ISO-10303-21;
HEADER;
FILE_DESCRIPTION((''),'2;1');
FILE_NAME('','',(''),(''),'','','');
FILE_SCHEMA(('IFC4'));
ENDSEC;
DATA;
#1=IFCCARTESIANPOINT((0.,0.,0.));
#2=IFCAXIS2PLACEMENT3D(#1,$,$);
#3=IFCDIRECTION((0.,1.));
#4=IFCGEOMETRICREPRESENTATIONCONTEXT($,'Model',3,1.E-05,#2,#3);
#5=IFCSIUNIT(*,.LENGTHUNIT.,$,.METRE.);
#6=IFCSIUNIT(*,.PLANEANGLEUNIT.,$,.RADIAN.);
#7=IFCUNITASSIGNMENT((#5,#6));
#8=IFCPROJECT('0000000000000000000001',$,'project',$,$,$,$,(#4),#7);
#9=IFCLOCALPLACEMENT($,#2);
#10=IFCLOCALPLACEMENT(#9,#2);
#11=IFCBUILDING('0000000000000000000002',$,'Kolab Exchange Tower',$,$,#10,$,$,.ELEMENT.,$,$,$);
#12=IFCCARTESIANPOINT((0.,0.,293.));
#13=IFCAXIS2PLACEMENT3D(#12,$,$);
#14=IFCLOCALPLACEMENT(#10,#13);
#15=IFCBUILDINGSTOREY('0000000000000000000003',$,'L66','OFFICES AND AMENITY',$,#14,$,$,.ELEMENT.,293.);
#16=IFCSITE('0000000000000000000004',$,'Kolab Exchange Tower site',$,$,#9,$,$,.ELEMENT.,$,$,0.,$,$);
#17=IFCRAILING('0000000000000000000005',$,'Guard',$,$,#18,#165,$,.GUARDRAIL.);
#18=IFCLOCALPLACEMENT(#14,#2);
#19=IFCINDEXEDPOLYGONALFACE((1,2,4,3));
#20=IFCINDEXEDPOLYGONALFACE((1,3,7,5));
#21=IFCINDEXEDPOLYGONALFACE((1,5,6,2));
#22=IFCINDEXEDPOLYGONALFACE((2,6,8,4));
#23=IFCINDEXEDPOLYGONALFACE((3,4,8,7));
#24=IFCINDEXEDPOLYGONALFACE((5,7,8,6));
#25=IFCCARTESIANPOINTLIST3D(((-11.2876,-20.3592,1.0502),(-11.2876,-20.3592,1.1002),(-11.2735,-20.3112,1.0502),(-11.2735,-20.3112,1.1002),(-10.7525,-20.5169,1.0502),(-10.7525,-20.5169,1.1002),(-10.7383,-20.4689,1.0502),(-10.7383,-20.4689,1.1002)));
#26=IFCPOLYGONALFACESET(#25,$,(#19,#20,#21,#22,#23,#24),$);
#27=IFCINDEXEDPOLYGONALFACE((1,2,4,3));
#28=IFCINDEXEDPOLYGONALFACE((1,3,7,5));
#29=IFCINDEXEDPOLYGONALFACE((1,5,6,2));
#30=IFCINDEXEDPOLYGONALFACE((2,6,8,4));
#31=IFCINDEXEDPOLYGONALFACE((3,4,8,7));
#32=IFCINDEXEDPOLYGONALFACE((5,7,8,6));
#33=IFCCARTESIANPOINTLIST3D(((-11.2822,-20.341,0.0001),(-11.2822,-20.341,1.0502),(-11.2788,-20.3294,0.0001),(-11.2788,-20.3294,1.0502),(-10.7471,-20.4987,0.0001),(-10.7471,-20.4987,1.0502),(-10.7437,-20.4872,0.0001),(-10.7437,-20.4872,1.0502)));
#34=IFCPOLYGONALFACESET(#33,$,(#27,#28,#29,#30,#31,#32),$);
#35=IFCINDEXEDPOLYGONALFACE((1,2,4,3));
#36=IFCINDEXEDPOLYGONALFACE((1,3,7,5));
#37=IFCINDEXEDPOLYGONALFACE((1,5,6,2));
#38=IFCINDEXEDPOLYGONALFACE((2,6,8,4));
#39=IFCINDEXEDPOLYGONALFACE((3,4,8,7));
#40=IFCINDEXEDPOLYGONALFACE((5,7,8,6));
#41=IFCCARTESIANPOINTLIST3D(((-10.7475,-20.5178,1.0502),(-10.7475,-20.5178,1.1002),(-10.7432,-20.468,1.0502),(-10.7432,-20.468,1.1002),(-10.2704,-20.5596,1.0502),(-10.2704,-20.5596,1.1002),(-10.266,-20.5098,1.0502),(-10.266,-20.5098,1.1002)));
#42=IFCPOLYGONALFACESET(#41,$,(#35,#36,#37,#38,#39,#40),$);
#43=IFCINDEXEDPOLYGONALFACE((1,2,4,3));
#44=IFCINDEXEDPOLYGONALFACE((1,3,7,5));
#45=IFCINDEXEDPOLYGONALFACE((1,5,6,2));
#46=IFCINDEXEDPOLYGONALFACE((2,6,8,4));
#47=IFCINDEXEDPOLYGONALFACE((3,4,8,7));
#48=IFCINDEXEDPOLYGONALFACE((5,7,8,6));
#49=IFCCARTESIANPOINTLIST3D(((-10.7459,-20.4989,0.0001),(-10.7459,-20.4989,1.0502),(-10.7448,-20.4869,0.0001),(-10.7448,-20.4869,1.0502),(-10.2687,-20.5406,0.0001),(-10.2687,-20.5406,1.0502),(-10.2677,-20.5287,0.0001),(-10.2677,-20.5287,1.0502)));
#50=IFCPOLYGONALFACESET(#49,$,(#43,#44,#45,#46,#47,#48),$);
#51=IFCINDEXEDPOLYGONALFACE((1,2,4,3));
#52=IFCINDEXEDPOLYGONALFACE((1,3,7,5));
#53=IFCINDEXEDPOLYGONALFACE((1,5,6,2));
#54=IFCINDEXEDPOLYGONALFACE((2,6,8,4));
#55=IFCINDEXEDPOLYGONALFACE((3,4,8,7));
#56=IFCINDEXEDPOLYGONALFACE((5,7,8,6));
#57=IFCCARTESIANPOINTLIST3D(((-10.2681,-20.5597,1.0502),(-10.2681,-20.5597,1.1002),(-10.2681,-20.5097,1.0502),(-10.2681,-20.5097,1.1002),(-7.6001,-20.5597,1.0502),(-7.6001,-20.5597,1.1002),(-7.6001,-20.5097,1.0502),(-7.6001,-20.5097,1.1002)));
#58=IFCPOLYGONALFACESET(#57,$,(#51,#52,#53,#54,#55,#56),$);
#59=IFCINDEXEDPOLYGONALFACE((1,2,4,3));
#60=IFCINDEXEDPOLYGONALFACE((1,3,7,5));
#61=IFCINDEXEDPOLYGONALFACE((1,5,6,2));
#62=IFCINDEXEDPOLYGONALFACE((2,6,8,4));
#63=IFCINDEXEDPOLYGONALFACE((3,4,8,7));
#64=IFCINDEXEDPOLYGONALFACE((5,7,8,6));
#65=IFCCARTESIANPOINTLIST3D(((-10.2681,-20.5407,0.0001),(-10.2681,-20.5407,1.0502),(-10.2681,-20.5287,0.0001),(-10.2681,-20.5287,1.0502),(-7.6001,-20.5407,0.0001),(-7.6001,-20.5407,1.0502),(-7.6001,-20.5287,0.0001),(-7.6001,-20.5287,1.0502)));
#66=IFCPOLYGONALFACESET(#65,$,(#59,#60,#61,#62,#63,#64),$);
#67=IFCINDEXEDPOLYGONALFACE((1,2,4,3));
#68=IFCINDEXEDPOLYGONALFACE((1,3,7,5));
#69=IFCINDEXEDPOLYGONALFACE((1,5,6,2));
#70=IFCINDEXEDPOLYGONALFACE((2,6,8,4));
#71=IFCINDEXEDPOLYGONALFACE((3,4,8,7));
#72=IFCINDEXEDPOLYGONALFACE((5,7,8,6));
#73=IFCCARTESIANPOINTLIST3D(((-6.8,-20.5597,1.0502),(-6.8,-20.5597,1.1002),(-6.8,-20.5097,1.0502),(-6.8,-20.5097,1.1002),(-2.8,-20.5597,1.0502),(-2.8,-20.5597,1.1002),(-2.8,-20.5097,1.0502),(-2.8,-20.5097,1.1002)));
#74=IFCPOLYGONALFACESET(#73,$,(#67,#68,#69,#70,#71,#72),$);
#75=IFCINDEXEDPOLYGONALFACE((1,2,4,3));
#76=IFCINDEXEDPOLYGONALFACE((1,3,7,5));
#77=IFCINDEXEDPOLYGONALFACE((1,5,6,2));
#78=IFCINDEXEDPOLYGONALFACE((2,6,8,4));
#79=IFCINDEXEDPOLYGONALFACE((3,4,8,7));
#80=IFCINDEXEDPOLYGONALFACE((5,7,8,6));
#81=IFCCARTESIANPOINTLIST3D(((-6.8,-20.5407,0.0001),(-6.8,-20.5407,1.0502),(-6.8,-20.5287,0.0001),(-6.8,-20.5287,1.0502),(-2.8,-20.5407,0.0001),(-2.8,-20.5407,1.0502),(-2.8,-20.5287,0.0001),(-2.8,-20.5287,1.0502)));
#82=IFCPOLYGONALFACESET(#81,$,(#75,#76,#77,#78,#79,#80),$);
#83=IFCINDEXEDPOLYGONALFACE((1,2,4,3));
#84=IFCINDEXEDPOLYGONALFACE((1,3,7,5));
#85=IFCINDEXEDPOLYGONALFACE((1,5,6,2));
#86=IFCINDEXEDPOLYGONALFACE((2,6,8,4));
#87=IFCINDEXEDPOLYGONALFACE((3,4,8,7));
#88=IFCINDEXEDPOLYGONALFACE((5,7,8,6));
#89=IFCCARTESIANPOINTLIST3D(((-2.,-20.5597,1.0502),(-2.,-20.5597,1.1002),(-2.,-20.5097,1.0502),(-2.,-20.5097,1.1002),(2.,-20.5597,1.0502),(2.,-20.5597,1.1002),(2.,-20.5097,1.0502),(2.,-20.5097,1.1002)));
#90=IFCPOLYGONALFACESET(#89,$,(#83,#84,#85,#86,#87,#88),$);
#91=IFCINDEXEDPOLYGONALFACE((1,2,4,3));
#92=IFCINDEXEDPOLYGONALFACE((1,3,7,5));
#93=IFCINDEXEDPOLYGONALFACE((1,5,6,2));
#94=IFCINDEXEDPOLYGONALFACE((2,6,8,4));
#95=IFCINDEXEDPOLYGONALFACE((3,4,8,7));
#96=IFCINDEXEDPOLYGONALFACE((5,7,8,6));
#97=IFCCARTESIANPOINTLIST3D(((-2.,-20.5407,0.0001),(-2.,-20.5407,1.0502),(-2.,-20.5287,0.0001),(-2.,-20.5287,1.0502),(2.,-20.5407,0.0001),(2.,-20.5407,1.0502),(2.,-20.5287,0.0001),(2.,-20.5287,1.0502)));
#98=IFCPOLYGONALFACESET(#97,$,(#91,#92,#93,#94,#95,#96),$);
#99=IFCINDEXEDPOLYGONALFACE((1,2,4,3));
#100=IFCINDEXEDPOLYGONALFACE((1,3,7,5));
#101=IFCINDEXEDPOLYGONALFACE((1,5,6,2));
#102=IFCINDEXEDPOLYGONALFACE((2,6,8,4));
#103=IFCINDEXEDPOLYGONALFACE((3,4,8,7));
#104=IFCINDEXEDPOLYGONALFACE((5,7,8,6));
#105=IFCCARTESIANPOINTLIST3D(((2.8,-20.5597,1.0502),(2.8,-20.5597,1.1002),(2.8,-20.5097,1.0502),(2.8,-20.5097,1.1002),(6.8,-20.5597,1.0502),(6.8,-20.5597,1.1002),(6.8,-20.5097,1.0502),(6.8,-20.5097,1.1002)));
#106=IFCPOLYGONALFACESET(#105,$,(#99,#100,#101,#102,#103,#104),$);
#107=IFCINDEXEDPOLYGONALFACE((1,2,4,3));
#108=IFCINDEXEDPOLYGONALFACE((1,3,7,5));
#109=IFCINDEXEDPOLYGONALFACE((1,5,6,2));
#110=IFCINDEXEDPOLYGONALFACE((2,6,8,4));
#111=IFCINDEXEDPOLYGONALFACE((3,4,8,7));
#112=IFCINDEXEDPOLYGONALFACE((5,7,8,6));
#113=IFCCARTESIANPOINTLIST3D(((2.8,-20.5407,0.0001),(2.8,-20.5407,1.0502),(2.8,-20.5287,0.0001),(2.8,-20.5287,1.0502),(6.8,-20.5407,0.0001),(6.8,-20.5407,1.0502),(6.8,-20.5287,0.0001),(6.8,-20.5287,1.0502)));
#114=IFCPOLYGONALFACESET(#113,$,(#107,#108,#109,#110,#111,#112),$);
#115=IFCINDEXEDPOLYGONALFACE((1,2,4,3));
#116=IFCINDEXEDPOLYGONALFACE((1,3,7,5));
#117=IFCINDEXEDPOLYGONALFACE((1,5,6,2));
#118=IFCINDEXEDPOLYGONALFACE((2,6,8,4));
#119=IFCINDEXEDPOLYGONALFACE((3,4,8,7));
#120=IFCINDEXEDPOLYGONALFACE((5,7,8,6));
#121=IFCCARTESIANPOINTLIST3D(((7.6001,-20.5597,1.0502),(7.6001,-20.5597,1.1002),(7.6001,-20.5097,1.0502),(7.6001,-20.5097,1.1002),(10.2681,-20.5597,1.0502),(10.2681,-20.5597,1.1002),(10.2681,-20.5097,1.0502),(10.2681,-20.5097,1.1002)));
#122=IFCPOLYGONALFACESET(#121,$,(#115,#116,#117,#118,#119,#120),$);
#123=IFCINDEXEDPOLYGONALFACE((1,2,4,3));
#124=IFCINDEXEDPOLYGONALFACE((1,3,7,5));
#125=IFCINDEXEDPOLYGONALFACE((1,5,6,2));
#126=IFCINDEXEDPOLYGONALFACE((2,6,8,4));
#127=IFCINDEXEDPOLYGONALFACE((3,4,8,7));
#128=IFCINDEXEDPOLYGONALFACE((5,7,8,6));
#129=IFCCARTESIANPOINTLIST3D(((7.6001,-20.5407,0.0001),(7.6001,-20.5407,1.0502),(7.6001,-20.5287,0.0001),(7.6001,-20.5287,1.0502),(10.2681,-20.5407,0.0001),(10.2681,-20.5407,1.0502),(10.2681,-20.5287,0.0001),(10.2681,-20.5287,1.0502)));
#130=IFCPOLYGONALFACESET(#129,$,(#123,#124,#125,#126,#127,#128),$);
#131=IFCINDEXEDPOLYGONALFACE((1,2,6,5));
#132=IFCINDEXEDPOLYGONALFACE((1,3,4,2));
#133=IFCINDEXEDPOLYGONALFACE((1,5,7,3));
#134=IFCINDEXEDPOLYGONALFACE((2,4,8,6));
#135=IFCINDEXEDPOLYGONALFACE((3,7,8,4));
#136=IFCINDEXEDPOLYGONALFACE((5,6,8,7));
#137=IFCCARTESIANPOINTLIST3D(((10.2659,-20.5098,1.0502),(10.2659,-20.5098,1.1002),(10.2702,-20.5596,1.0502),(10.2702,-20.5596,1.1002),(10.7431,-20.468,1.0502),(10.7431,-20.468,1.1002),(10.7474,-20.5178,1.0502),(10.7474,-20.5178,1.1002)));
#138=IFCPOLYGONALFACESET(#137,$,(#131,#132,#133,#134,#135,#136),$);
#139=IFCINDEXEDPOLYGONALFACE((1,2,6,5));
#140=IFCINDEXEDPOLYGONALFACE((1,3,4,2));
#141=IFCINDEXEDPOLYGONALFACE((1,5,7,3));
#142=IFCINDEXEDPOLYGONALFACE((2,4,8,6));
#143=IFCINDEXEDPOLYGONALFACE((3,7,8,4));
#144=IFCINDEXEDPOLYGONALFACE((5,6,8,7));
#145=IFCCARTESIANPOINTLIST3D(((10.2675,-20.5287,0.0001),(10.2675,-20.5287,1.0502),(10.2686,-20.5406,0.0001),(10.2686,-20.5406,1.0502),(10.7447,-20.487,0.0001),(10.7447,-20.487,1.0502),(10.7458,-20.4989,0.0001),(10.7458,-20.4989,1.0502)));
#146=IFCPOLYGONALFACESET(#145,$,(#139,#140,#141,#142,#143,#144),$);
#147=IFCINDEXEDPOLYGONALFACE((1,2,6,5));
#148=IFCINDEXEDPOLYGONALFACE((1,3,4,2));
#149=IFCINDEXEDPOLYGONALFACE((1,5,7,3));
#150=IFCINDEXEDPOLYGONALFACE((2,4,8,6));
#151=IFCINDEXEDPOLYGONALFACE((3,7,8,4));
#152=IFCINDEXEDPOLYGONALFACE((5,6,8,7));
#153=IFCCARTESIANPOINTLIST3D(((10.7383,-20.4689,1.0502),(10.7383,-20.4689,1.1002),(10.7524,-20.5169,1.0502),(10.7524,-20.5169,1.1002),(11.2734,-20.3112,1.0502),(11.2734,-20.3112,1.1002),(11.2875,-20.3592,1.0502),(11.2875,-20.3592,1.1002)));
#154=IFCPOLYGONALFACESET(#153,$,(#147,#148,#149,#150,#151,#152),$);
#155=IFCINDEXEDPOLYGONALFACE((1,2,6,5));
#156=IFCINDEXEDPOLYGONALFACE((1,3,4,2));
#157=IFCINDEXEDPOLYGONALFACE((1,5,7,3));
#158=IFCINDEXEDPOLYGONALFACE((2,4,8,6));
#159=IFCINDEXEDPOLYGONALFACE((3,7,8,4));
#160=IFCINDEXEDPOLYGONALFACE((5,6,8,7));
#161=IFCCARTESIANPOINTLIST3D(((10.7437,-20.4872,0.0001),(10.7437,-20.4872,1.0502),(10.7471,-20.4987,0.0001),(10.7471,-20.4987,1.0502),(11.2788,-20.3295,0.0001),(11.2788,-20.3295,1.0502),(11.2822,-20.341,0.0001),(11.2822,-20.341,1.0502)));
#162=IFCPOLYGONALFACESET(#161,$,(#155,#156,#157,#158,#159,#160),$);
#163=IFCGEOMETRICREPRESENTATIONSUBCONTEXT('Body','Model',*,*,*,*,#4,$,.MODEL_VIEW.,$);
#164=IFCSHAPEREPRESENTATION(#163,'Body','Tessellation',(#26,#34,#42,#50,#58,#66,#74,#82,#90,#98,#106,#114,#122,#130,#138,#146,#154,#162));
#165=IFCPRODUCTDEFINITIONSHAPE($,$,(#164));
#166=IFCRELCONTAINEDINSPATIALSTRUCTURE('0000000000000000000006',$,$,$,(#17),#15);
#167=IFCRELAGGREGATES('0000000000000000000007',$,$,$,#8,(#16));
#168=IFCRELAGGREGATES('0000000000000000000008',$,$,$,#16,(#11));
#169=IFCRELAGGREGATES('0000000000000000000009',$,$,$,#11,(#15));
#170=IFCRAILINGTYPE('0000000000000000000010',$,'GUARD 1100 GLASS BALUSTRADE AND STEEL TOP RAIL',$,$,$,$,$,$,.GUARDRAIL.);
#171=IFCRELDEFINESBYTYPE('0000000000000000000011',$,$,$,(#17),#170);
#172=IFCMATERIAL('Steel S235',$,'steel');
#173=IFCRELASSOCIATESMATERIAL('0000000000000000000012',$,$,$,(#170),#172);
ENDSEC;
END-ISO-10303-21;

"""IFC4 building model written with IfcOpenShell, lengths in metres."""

from ifc_helpers import new_model, si_unit, direction, frame, frame_2d, origin, origin_2d, place, context, subcontext, project, spatial, rectangle, extrude, material, type_object, element, save


model = new_model("IFC4")

# Units and contexts
model_context = context("Model", 3, precision=1e-05, world=origin(), true_north=direction((0.0, 1.0)))
body_context = subcontext(model_context, "Body", "Model", "MODEL_VIEW")
ifc_project = project(units=[si_unit("LENGTHUNIT", "METRE"), si_unit("PLANEANGLEUNIT", "RADIAN")], contexts=[model_context])

# Site, building, storey
site_placement = place(None, origin())
site = spatial("IfcSite", under=ifc_project, at=site_placement, Name="Kolab Exchange Tower site", CompositionType="ELEMENT", RefElevation=0.0)
building_placement = place(site_placement, origin())
building = spatial("IfcBuilding", under=site, at=building_placement, Name="Kolab Exchange Tower", CompositionType="ELEMENT")
storey_placement = place(building_placement, frame((0.0, 0.0, 293.0)))
storey = spatial("IfcBuildingStorey", under=building, at=storey_placement, Name="L66", Description="OFFICES AND AMENITY", CompositionType="ELEMENT", Elevation=293.0)

# Shared definitions
ifc_material_1 = material(Name="Steel S235", Category="steel")

# Railing
railing_type = type_object("IfcRailingType", Name="GUARD 1100 GLASS BALUSTRADE AND STEEL TOP RAIL", PredefinedType="GUARDRAIL", material=ifc_material_1)
railing_placement = place(storey_placement, frame((-11.2805, -20.3352, 0.0)))
element("IfcRailing", 1, at=railing_placement, inside=storey, type_object=railing_type, Name="Guard", PredefinedType="GUARDRAIL", context=body_context, shape_type="SweptSolid", body=[
    extrude(rectangle(XDim=0.05, YDim=0.05, at=origin_2d()), frame((0.0, 0.0, 1.0752), z_axis=(0.959212, -0.282687, 0.0), x_axis=(0.282687, 0.959212, 0.0)), (0.0, 0.0, 1.0), 0.5579),
    extrude(rectangle(XDim=0.012, YDim=1.0501, at=frame_2d((0.0, 0.5251))), frame((0.0, 0.0, 0.0), z_axis=(0.959212, -0.282687, 0.0), x_axis=(0.282687, 0.959212, 0.0)), (0.0, 0.0, 1.0), 0.5579),
    extrude(rectangle(XDim=0.05, YDim=0.05, at=origin_2d()), frame((0.5352, -0.1577, 1.0752), z_axis=(0.996196, -0.087135, 0.0), x_axis=(0.087135, 0.996196, 0.0)), (0.0, 0.0, 1.0), 0.479),
    extrude(rectangle(XDim=0.012, YDim=1.0501, at=frame_2d((0.0, 0.5251))), frame((0.5352, -0.1577, 0.0), z_axis=(0.996196, -0.087135, 0.0), x_axis=(0.087135, 0.996196, 0.0)), (0.0, 0.0, 1.0), 0.479),
    extrude(rectangle(XDim=0.05, YDim=0.05, at=origin_2d()), frame((1.0125, -0.1995, 1.0752), z_axis=(1.0, 0.0, 0.0), x_axis=(0.0, 1.0, 0.0)), (0.0, 0.0, 1.0), 2.668),
    extrude(rectangle(XDim=0.012, YDim=1.0501, at=frame_2d((0.0, 0.5251))), frame((1.0125, -0.1995, 0.0), z_axis=(1.0, 0.0, 0.0), x_axis=(0.0, 1.0, 0.0)), (0.0, 0.0, 1.0), 2.668),
    extrude(rectangle(XDim=0.05, YDim=0.05, at=origin_2d()), frame((4.4805, -0.1995, 1.0752), z_axis=(1.0, 0.0, 0.0), x_axis=(0.0, 1.0, 0.0)), (0.0, 0.0, 1.0), 4.0),
    extrude(rectangle(XDim=0.012, YDim=1.0501, at=frame_2d((0.0, 0.5251))), frame((4.4805, -0.1995, 0.0), z_axis=(1.0, 0.0, 0.0), x_axis=(0.0, 1.0, 0.0)), (0.0, 0.0, 1.0), 4.0),
    extrude(rectangle(XDim=0.05, YDim=0.05, at=origin_2d()), frame((9.2805, -0.1995, 1.0752), z_axis=(1.0, 0.0, 0.0), x_axis=(0.0, 1.0, 0.0)), (0.0, 0.0, 1.0), 4.0),
    extrude(rectangle(XDim=0.012, YDim=1.0501, at=frame_2d((0.0, 0.5251))), frame((9.2805, -0.1995, 0.0), z_axis=(1.0, 0.0, 0.0), x_axis=(0.0, 1.0, 0.0)), (0.0, 0.0, 1.0), 4.0),
    extrude(rectangle(XDim=0.05, YDim=0.05, at=origin_2d()), frame((14.0806, -0.1995, 1.0752), z_axis=(1.0, 0.0, 0.0), x_axis=(0.0, 1.0, 0.0)), (0.0, 0.0, 1.0), 4.0),
    extrude(rectangle(XDim=0.012, YDim=1.0501, at=frame_2d((0.0, 0.5251))), frame((14.0806, -0.1995, 0.0), z_axis=(1.0, 0.0, 0.0), x_axis=(0.0, 1.0, 0.0)), (0.0, 0.0, 1.0), 4.0),
    extrude(rectangle(XDim=0.05, YDim=0.05, at=origin_2d()), frame((18.8806, -0.1995, 1.0752), z_axis=(1.0, 0.0, 0.0), x_axis=(0.0, 1.0, 0.0)), (0.0, 0.0, 1.0), 2.668),
    extrude(rectangle(XDim=0.012, YDim=1.0501, at=frame_2d((0.0, 0.5251))), frame((18.8806, -0.1995, 0.0), z_axis=(1.0, 0.0, 0.0), x_axis=(0.0, 1.0, 0.0)), (0.0, 0.0, 1.0), 2.668),
    extrude(rectangle(XDim=0.05, YDim=0.05, at=origin_2d()), frame((21.5486, -0.1995, 1.0752), z_axis=(0.996196, 0.087135, 0.0), x_axis=(-0.087135, 0.996196, 0.0)), (0.0, 0.0, 1.0), 0.479),
    extrude(rectangle(XDim=0.012, YDim=1.0501, at=frame_2d((0.0, 0.5251))), frame((21.5486, -0.1995, 0.0), z_axis=(0.996196, 0.087135, 0.0), x_axis=(-0.087135, 0.996196, 0.0)), (0.0, 0.0, 1.0), 0.479),
    extrude(rectangle(XDim=0.05, YDim=0.05, at=origin_2d()), frame((22.0259, -0.1577, 1.0752), z_axis=(0.959212, 0.282687, 0.0), x_axis=(-0.282687, 0.959212, 0.0)), (0.0, 0.0, 1.0), 0.5579),
    extrude(rectangle(XDim=0.012, YDim=1.0501, at=frame_2d((0.0, 0.5251))), frame((22.0259, -0.1577, 0.0), z_axis=(0.959212, 0.282687, 0.0), x_axis=(-0.282687, 0.959212, 0.0)), (0.0, 0.0, 1.0), 0.5579),
])

save(model, "model.ifc")
